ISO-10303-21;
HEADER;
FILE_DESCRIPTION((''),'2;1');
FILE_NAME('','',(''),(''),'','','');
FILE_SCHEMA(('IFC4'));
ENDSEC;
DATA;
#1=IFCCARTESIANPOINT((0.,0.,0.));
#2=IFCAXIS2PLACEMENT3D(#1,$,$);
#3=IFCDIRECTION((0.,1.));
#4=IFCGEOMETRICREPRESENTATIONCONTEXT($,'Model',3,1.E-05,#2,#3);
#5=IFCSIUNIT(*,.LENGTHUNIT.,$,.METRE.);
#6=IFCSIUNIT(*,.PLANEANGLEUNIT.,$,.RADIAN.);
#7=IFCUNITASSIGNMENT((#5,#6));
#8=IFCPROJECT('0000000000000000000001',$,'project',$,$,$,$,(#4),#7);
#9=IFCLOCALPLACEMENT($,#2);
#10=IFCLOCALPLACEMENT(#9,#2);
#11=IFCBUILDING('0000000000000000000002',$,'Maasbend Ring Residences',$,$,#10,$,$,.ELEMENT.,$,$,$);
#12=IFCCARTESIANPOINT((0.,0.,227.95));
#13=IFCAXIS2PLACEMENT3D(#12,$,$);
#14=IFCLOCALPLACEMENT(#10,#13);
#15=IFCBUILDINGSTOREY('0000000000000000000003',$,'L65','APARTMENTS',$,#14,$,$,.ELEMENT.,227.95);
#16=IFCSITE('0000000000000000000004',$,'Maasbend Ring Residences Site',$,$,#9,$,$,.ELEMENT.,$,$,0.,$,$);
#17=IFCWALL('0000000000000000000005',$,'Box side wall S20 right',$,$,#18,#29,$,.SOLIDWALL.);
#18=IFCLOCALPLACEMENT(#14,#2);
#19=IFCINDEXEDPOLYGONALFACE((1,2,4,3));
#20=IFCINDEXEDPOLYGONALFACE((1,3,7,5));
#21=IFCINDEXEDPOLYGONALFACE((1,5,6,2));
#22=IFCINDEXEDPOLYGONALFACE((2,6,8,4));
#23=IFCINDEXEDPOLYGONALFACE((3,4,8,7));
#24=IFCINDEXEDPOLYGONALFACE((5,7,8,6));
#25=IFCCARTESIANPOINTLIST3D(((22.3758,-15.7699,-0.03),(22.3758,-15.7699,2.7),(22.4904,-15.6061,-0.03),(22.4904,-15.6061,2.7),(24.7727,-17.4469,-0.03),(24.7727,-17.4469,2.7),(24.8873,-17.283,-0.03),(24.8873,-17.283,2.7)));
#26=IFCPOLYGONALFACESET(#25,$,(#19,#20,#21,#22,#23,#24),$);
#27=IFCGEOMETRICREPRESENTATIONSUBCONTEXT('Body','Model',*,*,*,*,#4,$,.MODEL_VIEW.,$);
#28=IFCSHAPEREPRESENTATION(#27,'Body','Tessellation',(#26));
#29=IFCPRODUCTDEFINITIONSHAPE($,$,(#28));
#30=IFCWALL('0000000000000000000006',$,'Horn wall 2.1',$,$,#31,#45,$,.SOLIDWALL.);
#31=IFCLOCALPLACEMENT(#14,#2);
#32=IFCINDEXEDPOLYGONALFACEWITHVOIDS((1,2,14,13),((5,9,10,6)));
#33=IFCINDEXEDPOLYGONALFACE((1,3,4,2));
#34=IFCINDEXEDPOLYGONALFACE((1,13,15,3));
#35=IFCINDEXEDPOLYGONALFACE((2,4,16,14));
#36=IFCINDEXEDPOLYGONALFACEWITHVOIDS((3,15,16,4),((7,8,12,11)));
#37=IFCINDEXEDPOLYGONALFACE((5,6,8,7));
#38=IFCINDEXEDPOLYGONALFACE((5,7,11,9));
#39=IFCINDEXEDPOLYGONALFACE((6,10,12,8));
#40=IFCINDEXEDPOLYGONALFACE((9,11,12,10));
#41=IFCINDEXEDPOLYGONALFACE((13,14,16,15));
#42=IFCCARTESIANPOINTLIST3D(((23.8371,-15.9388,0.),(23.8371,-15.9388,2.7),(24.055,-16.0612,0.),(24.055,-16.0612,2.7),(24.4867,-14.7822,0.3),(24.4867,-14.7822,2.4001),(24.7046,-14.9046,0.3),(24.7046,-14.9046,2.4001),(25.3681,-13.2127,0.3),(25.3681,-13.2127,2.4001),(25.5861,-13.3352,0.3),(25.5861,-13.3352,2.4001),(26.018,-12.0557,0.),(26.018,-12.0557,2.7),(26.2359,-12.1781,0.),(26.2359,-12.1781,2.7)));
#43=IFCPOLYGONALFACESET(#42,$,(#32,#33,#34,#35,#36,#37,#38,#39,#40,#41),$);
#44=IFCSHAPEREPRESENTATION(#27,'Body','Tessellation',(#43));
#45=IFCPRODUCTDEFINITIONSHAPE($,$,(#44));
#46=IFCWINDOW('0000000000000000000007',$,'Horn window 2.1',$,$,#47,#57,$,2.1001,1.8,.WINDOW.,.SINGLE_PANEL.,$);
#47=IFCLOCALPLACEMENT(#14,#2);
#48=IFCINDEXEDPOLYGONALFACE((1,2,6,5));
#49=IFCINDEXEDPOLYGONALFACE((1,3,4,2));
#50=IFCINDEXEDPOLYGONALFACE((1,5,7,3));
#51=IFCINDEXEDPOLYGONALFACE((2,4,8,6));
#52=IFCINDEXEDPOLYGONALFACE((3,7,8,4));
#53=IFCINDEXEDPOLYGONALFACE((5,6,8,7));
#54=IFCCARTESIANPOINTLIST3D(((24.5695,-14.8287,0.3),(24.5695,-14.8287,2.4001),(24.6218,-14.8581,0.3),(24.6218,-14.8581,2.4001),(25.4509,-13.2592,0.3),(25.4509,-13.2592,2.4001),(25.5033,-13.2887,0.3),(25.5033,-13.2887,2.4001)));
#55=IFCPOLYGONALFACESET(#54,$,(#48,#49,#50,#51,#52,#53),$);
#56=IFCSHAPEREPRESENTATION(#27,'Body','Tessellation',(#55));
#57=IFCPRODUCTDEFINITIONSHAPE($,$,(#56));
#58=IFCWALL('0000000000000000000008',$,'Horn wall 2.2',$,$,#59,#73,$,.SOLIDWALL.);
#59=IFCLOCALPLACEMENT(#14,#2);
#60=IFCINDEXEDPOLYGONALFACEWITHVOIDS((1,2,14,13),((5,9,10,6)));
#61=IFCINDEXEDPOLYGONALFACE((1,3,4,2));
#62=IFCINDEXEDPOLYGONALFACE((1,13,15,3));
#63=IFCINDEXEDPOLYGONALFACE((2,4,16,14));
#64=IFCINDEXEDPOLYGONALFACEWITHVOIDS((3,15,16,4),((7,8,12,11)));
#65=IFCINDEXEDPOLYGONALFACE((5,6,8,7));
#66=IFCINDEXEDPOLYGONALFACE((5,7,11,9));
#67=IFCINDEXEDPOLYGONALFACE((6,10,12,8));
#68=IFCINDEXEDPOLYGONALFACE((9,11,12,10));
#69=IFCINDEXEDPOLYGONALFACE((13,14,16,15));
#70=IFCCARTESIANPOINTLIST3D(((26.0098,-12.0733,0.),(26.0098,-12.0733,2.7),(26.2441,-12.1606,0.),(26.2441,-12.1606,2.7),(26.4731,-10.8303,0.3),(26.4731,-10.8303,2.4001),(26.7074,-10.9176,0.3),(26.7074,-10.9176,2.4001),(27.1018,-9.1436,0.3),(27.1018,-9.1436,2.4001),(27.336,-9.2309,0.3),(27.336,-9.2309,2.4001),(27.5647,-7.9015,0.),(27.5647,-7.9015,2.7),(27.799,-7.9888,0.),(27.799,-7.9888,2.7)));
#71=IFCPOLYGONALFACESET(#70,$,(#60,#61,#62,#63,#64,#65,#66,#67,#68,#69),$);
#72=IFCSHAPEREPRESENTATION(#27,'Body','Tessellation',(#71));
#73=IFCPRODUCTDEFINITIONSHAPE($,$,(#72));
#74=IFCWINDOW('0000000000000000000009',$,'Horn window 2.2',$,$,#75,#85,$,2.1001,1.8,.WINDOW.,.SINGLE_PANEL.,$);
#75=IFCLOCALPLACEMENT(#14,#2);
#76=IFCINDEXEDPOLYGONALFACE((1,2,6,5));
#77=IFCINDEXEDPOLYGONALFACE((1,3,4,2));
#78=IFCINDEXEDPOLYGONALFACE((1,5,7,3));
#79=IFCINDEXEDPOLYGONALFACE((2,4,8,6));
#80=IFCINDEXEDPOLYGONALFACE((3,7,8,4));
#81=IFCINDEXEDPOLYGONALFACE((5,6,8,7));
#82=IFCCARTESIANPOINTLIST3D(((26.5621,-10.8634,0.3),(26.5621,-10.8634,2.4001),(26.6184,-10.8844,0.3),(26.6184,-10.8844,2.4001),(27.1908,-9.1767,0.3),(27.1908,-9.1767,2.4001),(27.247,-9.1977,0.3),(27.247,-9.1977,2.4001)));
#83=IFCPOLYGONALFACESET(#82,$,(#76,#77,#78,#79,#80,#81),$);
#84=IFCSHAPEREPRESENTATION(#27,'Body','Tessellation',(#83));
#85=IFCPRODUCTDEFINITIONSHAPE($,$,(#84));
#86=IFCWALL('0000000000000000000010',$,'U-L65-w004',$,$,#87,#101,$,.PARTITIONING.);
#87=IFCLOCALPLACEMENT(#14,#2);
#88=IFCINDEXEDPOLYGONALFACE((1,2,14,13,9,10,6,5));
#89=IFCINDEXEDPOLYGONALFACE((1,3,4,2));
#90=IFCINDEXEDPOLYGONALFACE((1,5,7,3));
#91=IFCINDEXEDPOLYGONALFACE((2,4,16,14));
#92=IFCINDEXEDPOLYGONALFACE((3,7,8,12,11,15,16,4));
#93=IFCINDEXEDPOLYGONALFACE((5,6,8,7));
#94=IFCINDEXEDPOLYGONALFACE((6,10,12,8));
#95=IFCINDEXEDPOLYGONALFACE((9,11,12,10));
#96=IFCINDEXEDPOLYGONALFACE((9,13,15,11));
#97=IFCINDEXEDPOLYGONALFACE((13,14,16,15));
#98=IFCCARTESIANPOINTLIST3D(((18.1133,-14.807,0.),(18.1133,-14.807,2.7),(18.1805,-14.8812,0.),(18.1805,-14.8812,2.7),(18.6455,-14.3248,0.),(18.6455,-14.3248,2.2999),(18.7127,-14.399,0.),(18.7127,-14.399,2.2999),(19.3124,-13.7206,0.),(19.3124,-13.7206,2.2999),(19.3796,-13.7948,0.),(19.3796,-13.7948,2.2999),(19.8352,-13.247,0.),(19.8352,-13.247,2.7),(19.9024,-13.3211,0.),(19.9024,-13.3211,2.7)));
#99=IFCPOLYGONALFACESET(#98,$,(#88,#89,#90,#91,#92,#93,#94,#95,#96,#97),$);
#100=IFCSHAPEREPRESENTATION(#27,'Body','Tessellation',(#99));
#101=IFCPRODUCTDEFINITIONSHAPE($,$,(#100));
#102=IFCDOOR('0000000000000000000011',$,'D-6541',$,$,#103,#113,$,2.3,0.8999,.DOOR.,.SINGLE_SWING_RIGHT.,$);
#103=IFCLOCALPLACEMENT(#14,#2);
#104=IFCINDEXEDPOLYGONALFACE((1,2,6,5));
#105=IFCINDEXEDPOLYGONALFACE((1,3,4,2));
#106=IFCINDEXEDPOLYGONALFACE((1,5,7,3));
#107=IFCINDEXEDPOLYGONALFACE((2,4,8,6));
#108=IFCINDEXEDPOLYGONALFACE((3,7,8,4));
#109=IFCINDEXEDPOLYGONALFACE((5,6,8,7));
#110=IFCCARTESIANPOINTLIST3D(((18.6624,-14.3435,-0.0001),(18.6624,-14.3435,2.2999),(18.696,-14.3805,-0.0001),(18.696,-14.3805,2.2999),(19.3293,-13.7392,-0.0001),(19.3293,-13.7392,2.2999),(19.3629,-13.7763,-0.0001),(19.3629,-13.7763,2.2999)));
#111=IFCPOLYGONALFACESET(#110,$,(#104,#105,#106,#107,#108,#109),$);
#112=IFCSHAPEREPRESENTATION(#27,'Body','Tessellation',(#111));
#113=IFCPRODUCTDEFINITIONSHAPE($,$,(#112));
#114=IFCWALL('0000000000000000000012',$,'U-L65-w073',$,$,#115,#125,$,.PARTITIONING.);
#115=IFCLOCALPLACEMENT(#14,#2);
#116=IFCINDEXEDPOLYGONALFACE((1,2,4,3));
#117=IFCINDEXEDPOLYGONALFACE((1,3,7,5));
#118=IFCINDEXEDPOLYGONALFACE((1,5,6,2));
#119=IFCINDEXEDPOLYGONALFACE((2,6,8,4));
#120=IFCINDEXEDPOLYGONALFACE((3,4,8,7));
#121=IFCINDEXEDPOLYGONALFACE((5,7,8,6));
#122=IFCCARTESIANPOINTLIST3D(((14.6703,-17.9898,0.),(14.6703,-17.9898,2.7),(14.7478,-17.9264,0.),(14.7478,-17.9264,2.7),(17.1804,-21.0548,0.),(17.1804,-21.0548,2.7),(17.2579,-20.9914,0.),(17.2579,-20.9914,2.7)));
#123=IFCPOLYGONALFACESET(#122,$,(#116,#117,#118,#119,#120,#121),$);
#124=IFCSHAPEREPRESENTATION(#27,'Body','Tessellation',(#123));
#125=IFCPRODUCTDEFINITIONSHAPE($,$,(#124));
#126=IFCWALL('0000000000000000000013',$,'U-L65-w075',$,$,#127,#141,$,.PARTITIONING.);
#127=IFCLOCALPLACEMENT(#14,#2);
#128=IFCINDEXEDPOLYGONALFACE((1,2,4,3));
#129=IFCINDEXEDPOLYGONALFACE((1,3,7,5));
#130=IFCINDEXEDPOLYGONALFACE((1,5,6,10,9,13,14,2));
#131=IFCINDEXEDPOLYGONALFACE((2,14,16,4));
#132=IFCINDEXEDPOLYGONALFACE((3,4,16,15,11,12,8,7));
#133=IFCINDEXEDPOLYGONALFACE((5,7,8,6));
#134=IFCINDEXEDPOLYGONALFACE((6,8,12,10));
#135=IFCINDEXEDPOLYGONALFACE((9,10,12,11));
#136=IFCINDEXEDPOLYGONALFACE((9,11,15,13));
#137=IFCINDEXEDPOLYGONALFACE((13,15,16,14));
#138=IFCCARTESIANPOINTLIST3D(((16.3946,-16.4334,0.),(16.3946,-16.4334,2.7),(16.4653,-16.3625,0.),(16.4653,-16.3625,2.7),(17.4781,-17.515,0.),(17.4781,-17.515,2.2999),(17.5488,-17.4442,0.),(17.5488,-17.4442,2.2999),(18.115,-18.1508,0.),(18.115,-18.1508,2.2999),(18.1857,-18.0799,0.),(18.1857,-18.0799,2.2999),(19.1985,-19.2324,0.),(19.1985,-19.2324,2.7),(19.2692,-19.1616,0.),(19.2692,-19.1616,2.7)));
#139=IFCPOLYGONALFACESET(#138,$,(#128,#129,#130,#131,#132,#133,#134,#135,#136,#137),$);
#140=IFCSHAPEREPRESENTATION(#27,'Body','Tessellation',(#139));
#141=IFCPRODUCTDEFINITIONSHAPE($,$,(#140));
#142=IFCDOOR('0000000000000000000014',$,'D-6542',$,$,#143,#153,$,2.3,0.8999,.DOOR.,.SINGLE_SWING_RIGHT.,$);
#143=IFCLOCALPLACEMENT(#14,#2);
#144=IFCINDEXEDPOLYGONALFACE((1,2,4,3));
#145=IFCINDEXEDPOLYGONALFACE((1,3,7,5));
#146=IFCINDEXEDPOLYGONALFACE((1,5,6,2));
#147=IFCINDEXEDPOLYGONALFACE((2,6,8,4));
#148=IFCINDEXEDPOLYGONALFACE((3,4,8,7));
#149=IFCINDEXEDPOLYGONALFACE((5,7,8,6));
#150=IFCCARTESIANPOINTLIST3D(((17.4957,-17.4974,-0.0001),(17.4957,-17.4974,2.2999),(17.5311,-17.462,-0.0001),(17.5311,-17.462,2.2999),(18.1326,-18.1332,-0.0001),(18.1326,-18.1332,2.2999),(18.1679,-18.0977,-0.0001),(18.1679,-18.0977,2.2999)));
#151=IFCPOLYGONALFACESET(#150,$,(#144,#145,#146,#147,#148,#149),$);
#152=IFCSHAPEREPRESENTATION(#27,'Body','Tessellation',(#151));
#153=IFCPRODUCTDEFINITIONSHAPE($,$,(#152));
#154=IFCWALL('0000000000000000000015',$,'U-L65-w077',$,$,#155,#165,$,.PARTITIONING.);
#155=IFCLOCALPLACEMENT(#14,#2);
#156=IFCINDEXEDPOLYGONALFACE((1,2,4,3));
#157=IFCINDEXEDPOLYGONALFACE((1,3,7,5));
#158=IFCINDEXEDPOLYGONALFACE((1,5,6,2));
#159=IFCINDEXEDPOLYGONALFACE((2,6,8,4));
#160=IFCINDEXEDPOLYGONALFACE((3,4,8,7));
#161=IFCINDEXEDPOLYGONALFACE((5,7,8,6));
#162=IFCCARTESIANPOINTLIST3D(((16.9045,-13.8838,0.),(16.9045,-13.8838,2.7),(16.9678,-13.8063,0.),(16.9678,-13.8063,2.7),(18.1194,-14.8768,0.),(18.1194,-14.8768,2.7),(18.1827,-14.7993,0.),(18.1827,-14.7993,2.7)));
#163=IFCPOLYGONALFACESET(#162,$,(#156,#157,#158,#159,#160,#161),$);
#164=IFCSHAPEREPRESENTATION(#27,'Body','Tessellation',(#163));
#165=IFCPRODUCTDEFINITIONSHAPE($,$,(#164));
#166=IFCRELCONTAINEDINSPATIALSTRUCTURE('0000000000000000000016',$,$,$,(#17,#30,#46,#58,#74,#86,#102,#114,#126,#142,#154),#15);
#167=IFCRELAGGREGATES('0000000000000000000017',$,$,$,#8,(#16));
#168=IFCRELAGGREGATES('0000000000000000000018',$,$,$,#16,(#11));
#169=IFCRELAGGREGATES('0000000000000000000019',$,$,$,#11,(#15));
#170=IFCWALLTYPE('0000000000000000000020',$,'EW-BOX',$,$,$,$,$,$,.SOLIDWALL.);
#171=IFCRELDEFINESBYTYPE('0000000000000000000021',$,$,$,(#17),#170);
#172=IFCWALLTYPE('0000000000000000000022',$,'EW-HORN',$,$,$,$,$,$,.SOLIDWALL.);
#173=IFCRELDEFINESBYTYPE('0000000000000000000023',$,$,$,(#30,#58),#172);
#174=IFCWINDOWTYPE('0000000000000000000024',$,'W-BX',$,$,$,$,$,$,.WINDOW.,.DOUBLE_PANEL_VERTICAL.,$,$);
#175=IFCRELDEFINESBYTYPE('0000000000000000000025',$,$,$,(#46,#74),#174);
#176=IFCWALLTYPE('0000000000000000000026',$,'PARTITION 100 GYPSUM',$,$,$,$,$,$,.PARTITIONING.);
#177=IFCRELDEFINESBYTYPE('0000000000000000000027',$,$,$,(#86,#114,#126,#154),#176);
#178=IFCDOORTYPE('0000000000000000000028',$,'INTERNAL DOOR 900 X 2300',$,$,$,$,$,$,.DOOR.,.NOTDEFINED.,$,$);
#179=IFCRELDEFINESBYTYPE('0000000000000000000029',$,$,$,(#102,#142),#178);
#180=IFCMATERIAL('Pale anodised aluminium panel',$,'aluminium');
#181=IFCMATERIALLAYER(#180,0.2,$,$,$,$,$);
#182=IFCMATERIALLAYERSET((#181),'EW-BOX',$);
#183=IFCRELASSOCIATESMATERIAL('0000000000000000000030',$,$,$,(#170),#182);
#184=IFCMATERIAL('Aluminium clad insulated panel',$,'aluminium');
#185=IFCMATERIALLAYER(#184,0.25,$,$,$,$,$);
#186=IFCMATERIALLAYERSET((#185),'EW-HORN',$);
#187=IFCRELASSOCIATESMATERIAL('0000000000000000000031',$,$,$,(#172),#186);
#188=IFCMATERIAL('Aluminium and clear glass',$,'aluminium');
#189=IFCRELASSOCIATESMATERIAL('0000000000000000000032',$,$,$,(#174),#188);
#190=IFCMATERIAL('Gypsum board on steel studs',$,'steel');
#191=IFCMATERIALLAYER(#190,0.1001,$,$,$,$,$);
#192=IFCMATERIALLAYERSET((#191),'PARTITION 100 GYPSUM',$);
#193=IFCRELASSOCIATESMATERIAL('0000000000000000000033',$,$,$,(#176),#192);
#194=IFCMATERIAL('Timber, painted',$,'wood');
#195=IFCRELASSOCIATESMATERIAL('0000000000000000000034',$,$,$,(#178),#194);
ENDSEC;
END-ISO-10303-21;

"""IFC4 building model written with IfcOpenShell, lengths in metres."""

from ifc_helpers import new_model, si_unit, direction, frame, frame_2d, origin, place, context, subcontext, project, spatial, rectangle, extrude, material, layer, layer_set, type_object, element, fill, save


model = new_model("IFC4")

# Units and contexts
model_context = context("Model", 3, precision=1e-05, world=origin(), true_north=direction((0.0, 1.0)))
body_context = subcontext(model_context, "Body", "Model", "MODEL_VIEW")
ifc_project = project(units=[si_unit("LENGTHUNIT", "METRE"), si_unit("PLANEANGLEUNIT", "RADIAN")], contexts=[model_context])

# Site, building, storey
site_placement = place(None, origin())
site = spatial("IfcSite", under=ifc_project, at=site_placement, Name="Maasbend Ring Residences Site", CompositionType="ELEMENT", RefElevation=0.0)
building_placement = place(site_placement, origin())
building = spatial("IfcBuilding", under=site, at=building_placement, Name="Maasbend Ring Residences", CompositionType="ELEMENT")
storey_placement = place(building_placement, frame((0.0, 0.0, 227.95)))
storey = spatial("IfcBuildingStorey", under=building, at=storey_placement, Name="L65", Description="APARTMENTS", CompositionType="ELEMENT", Elevation=227.95)

# Wall
ifc_material_1 = material(Name="Pale anodised aluminium panel", Category="aluminium")
ifc_layer_1 = layer(ifc_material_1, 0.2)
ifc_layer_set_1 = layer_set([ifc_layer_1], Name="EW-BOX")
wall_type_1 = type_object("IfcWallType", Name="EW-BOX", PredefinedType="SOLIDWALL", material=ifc_layer_set_1)
wall_1_placement = place(storey_placement, frame((22.4331, -15.688, -0.03), z_axis=(0.0, 0.0, 1.0), x_axis=(0.819373, -0.573261, 0.0)))
element("IfcWall", 1, at=wall_1_placement, inside=storey, type_object=wall_type_1, Name="Box side wall S20 right", PredefinedType="SOLIDWALL", context=body_context, shape_type="SweptSolid", body=[
    extrude(rectangle(XDim=2.9253, YDim=0.2, at=frame_2d((1.4626, 0.0))), origin(), (0.0, 0.0, 1.0), 2.73),
])

# Walls, openings, windows
ifc_material_2 = material(Name="Aluminium clad insulated panel", Category="aluminium")
ifc_layer_2 = layer(ifc_material_2, 0.25)
ifc_layer_set_2 = layer_set([ifc_layer_2], Name="EW-HORN")
wall_type_2 = type_object("IfcWallType", Name="EW-HORN", PredefinedType="SOLIDWALL", material=ifc_layer_set_2)
wall_2_placement = place(storey_placement, frame((23.946, -16.0, 0.0), z_axis=(0.0, 0.0, 1.0), x_axis=(0.489696, 0.871893, 0.0)))
wall_2 = element("IfcWall", 2, at=wall_2_placement, inside=storey, type_object=wall_type_2, Name="Horn wall 2.1", PredefinedType="SOLIDWALL", context=body_context, shape_type="SweptSolid", body=[
    extrude(rectangle(XDim=4.4536, YDim=0.25, at=frame_2d((2.2268, 0.0))), origin(), (0.0, 0.0, 1.0), 2.7),
])
opening_1_placement = place(wall_2_placement, frame((1.3267, 0.0, 0.3)))
opening_1 = element("IfcOpeningElement", 3, at=opening_1_placement, cuts=wall_2, PredefinedType="OPENING", context=body_context, shape_type="SweptSolid", body=[
    extrude(rectangle(XDim=1.8, YDim=2.1001, at=frame_2d((0.8999, 1.05))), frame((0.0, 0.135, 0.0), z_axis=(0.0, -1.0, 0.0), x_axis=(1.0, 0.0, 0.0)), (0.0, 0.0, 1.0), 0.27),
])
ifc_material_3 = material(Name="Aluminium and clear glass", Category="aluminium")
window_type = type_object("IfcWindowType", Name="W-BX", PartitioningType="DOUBLE_PANEL_VERTICAL", PredefinedType="WINDOW", material=ifc_material_3)
window_1_placement = place(opening_1_placement, origin())
window_1 = element("IfcWindow", 4, at=window_1_placement, inside=storey, type_object=window_type, Name="Horn window 2.1", OverallHeight=2.1001, OverallWidth=1.8, PartitioningType="SINGLE_PANEL", PredefinedType="WINDOW", context=body_context, shape_type="SweptSolid", body=[
    extrude(rectangle(XDim=1.8, YDim=2.1001, at=frame_2d((0.8999, 1.05))), frame((0.0, 0.03, 0.0), z_axis=(0.0, -1.0, 0.0), x_axis=(1.0, 0.0, 0.0)), (0.0, 0.0, 1.0), 0.0601),
])
fill(opening_1, window_1)
wall_3_placement = place(storey_placement, frame((26.127, -12.1169, 0.0), z_axis=(0.0, 0.0, 1.0), x_axis=(0.349248, 0.93703, 0.0)))
wall_3 = element("IfcWall", 5, at=wall_3_placement, inside=storey, type_object=wall_type_2, Name="Horn wall 2.2", PredefinedType="SOLIDWALL", context=body_context, shape_type="SweptSolid", body=[
    extrude(rectangle(XDim=4.4521, YDim=0.25, at=frame_2d((2.2261, 0.0))), origin(), (0.0, 0.0, 1.0), 2.7),
])
opening_2_placement = place(wall_3_placement, frame((1.3267, 0.0, 0.3)))
opening_2 = element("IfcOpeningElement", 6, at=opening_2_placement, cuts=wall_3, PredefinedType="OPENING", context=body_context, shape_type="SweptSolid", body=[
    extrude(rectangle(XDim=1.8, YDim=2.1001, at=frame_2d((0.8999, 1.05))), frame((0.0, 0.135, 0.0), z_axis=(0.0, -1.0, 0.0), x_axis=(1.0, 0.0, 0.0)), (0.0, 0.0, 1.0), 0.27),
])
window_2_placement = place(opening_2_placement, origin())
window_2 = element("IfcWindow", 7, at=window_2_placement, inside=storey, type_object=window_type, Name="Horn window 2.2", OverallHeight=2.1001, OverallWidth=1.8, PartitioningType="SINGLE_PANEL", PredefinedType="WINDOW", context=body_context, shape_type="SweptSolid", body=[
    extrude(rectangle(XDim=1.8, YDim=2.1001, at=frame_2d((0.8999, 1.05))), frame((0.0, 0.03, 0.0), z_axis=(0.0, -1.0, 0.0), x_axis=(1.0, 0.0, 0.0)), (0.0, 0.0, 1.0), 0.0601),
])
fill(opening_2, window_2)

# Wall, opening, door
ifc_material_4 = material(Name="Gypsum board on steel studs", Category="steel")
ifc_layer_3 = layer(ifc_material_4, 0.1001)
ifc_layer_set_3 = layer_set([ifc_layer_3], Name="PARTITION 100 GYPSUM")
wall_type_3 = type_object("IfcWallType", Name="PARTITION 100 GYPSUM", PredefinedType="PARTITIONING", material=ifc_layer_set_3)
wall_4_placement = place(storey_placement, frame((18.147, -14.844, 0.0), z_axis=(0.0, 0.0, 1.0), x_axis=(0.74108, 0.671417, 0.0)))
wall_4 = element("IfcWall", 8, at=wall_4_placement, inside=storey, type_object=wall_type_3, Name="U-L65-w004", PredefinedType="PARTITIONING", context=body_context, shape_type="SweptSolid", body=[
    extrude(rectangle(XDim=2.3235, YDim=0.1001, at=frame_2d((1.1616, 0.0))), origin(), (0.0, 0.0, 1.0), 2.7),
])
opening_3_placement = place(wall_4_placement, frame((0.718, 0.0, 0.0)))
opening_3 = element("IfcOpeningElement", 9, at=opening_3_placement, cuts=wall_4, PredefinedType="OPENING", context=body_context, shape_type="SweptSolid", body=[
    extrude(rectangle(XDim=0.8999, YDim=2.3, at=frame_2d((0.45, 1.1499))), frame((0.0, 0.0601, 0.0), z_axis=(0.0, -1.0, 0.0), x_axis=(1.0, 0.0, 0.0)), (0.0, 0.0, 1.0), 0.1201),
])
ifc_material_5 = material(Name="Timber, painted", Category="wood")
door_type_1 = type_object("IfcDoorType", Name="INTERNAL DOOR 900 X 2300", OperationType="NOTDEFINED", PredefinedType="DOOR", material=ifc_material_5)
door_1_placement = place(opening_3_placement, origin())
door_1 = element("IfcDoor", 10, at=door_1_placement, inside=storey, type_object=door_type_1, Name="D-6541", OperationType="SINGLE_SWING_RIGHT", OverallHeight=2.3, OverallWidth=0.8999, PredefinedType="DOOR", context=body_context, shape_type="SweptSolid", body=[
    extrude(rectangle(XDim=0.8999, YDim=2.3, at=frame_2d((0.45, 1.1499))), frame((0.0, 0.0249, 0.0), z_axis=(0.0, -1.0, 0.0), x_axis=(1.0, 0.0, 0.0)), (0.0, 0.0, 1.0), 0.05),
])
fill(opening_3, door_1)

# Wall
wall_5_placement = place(storey_placement, frame((14.709, -17.958, 0.0), z_axis=(0.0, 0.0, 1.0), x_axis=(0.63359, -0.773669, 0.0)))
element("IfcWall", 11, at=wall_5_placement, inside=storey, type_object=wall_type_3, Name="U-L65-w073", PredefinedType="PARTITIONING", context=body_context, shape_type="SweptSolid", body=[
    extrude(rectangle(XDim=3.9617, YDim=0.1001, at=frame_2d((1.981, 0.0))), origin(), (0.0, 0.0, 1.0), 2.7),
])

# Wall, opening, door
wall_6_placement = place(storey_placement, frame((16.4299, -16.3979, 0.0), z_axis=(0.0, 0.0, 1.0), x_axis=(0.707723, -0.70649, 0.0)))
wall_6 = element("IfcWall", 12, at=wall_6_placement, inside=storey, type_object=wall_type_3, Name="U-L65-w075", PredefinedType="PARTITIONING", context=body_context, shape_type="SweptSolid", body=[
    extrude(rectangle(XDim=3.9619, YDim=0.1001, at=frame_2d((1.981, 0.0))), origin(), (0.0, 0.0, 1.0), 2.7),
])
opening_4_placement = place(wall_6_placement, frame((1.531, 0.0, 0.0)))
opening_4 = element("IfcOpeningElement", 13, at=opening_4_placement, cuts=wall_6, PredefinedType="OPENING", context=body_context, shape_type="SweptSolid", body=[
    extrude(rectangle(XDim=0.8999, YDim=2.3, at=frame_2d((0.45, 1.1499))), frame((0.0, 0.0601, 0.0), z_axis=(0.0, -1.0, 0.0), x_axis=(1.0, 0.0, 0.0)), (0.0, 0.0, 1.0), 0.1201),
])
door_2_placement = place(opening_4_placement, origin())
door_2 = element("IfcDoor", 14, at=door_2_placement, inside=storey, type_object=door_type_1, Name="D-6542", OperationType="SINGLE_SWING_RIGHT", OverallHeight=2.3, OverallWidth=0.8999, PredefinedType="DOOR", context=body_context, shape_type="SweptSolid", body=[
    extrude(rectangle(XDim=0.8999, YDim=2.3, at=frame_2d((0.45, 1.1499))), frame((0.0, 0.0249, 0.0), z_axis=(0.0, -1.0, 0.0), x_axis=(1.0, 0.0, 0.0)), (0.0, 0.0, 1.0), 0.05),
])
fill(opening_4, door_2)

# Wall
wall_7_placement = place(storey_placement, frame((16.936, -13.845, 0.0), z_axis=(0.0, 0.0, 1.0), x_axis=(0.774283, -0.632839, 0.0)))
element("IfcWall", 15, at=wall_7_placement, inside=storey, type_object=wall_type_3, Name="U-L65-w077", PredefinedType="PARTITIONING", context=body_context, shape_type="SweptSolid", body=[
    extrude(rectangle(XDim=1.5691, YDim=0.1001, at=frame_2d((0.7847, 0.0))), origin(), (0.0, 0.0, 1.0), 2.7),
])

save(model, "model.ifc")
